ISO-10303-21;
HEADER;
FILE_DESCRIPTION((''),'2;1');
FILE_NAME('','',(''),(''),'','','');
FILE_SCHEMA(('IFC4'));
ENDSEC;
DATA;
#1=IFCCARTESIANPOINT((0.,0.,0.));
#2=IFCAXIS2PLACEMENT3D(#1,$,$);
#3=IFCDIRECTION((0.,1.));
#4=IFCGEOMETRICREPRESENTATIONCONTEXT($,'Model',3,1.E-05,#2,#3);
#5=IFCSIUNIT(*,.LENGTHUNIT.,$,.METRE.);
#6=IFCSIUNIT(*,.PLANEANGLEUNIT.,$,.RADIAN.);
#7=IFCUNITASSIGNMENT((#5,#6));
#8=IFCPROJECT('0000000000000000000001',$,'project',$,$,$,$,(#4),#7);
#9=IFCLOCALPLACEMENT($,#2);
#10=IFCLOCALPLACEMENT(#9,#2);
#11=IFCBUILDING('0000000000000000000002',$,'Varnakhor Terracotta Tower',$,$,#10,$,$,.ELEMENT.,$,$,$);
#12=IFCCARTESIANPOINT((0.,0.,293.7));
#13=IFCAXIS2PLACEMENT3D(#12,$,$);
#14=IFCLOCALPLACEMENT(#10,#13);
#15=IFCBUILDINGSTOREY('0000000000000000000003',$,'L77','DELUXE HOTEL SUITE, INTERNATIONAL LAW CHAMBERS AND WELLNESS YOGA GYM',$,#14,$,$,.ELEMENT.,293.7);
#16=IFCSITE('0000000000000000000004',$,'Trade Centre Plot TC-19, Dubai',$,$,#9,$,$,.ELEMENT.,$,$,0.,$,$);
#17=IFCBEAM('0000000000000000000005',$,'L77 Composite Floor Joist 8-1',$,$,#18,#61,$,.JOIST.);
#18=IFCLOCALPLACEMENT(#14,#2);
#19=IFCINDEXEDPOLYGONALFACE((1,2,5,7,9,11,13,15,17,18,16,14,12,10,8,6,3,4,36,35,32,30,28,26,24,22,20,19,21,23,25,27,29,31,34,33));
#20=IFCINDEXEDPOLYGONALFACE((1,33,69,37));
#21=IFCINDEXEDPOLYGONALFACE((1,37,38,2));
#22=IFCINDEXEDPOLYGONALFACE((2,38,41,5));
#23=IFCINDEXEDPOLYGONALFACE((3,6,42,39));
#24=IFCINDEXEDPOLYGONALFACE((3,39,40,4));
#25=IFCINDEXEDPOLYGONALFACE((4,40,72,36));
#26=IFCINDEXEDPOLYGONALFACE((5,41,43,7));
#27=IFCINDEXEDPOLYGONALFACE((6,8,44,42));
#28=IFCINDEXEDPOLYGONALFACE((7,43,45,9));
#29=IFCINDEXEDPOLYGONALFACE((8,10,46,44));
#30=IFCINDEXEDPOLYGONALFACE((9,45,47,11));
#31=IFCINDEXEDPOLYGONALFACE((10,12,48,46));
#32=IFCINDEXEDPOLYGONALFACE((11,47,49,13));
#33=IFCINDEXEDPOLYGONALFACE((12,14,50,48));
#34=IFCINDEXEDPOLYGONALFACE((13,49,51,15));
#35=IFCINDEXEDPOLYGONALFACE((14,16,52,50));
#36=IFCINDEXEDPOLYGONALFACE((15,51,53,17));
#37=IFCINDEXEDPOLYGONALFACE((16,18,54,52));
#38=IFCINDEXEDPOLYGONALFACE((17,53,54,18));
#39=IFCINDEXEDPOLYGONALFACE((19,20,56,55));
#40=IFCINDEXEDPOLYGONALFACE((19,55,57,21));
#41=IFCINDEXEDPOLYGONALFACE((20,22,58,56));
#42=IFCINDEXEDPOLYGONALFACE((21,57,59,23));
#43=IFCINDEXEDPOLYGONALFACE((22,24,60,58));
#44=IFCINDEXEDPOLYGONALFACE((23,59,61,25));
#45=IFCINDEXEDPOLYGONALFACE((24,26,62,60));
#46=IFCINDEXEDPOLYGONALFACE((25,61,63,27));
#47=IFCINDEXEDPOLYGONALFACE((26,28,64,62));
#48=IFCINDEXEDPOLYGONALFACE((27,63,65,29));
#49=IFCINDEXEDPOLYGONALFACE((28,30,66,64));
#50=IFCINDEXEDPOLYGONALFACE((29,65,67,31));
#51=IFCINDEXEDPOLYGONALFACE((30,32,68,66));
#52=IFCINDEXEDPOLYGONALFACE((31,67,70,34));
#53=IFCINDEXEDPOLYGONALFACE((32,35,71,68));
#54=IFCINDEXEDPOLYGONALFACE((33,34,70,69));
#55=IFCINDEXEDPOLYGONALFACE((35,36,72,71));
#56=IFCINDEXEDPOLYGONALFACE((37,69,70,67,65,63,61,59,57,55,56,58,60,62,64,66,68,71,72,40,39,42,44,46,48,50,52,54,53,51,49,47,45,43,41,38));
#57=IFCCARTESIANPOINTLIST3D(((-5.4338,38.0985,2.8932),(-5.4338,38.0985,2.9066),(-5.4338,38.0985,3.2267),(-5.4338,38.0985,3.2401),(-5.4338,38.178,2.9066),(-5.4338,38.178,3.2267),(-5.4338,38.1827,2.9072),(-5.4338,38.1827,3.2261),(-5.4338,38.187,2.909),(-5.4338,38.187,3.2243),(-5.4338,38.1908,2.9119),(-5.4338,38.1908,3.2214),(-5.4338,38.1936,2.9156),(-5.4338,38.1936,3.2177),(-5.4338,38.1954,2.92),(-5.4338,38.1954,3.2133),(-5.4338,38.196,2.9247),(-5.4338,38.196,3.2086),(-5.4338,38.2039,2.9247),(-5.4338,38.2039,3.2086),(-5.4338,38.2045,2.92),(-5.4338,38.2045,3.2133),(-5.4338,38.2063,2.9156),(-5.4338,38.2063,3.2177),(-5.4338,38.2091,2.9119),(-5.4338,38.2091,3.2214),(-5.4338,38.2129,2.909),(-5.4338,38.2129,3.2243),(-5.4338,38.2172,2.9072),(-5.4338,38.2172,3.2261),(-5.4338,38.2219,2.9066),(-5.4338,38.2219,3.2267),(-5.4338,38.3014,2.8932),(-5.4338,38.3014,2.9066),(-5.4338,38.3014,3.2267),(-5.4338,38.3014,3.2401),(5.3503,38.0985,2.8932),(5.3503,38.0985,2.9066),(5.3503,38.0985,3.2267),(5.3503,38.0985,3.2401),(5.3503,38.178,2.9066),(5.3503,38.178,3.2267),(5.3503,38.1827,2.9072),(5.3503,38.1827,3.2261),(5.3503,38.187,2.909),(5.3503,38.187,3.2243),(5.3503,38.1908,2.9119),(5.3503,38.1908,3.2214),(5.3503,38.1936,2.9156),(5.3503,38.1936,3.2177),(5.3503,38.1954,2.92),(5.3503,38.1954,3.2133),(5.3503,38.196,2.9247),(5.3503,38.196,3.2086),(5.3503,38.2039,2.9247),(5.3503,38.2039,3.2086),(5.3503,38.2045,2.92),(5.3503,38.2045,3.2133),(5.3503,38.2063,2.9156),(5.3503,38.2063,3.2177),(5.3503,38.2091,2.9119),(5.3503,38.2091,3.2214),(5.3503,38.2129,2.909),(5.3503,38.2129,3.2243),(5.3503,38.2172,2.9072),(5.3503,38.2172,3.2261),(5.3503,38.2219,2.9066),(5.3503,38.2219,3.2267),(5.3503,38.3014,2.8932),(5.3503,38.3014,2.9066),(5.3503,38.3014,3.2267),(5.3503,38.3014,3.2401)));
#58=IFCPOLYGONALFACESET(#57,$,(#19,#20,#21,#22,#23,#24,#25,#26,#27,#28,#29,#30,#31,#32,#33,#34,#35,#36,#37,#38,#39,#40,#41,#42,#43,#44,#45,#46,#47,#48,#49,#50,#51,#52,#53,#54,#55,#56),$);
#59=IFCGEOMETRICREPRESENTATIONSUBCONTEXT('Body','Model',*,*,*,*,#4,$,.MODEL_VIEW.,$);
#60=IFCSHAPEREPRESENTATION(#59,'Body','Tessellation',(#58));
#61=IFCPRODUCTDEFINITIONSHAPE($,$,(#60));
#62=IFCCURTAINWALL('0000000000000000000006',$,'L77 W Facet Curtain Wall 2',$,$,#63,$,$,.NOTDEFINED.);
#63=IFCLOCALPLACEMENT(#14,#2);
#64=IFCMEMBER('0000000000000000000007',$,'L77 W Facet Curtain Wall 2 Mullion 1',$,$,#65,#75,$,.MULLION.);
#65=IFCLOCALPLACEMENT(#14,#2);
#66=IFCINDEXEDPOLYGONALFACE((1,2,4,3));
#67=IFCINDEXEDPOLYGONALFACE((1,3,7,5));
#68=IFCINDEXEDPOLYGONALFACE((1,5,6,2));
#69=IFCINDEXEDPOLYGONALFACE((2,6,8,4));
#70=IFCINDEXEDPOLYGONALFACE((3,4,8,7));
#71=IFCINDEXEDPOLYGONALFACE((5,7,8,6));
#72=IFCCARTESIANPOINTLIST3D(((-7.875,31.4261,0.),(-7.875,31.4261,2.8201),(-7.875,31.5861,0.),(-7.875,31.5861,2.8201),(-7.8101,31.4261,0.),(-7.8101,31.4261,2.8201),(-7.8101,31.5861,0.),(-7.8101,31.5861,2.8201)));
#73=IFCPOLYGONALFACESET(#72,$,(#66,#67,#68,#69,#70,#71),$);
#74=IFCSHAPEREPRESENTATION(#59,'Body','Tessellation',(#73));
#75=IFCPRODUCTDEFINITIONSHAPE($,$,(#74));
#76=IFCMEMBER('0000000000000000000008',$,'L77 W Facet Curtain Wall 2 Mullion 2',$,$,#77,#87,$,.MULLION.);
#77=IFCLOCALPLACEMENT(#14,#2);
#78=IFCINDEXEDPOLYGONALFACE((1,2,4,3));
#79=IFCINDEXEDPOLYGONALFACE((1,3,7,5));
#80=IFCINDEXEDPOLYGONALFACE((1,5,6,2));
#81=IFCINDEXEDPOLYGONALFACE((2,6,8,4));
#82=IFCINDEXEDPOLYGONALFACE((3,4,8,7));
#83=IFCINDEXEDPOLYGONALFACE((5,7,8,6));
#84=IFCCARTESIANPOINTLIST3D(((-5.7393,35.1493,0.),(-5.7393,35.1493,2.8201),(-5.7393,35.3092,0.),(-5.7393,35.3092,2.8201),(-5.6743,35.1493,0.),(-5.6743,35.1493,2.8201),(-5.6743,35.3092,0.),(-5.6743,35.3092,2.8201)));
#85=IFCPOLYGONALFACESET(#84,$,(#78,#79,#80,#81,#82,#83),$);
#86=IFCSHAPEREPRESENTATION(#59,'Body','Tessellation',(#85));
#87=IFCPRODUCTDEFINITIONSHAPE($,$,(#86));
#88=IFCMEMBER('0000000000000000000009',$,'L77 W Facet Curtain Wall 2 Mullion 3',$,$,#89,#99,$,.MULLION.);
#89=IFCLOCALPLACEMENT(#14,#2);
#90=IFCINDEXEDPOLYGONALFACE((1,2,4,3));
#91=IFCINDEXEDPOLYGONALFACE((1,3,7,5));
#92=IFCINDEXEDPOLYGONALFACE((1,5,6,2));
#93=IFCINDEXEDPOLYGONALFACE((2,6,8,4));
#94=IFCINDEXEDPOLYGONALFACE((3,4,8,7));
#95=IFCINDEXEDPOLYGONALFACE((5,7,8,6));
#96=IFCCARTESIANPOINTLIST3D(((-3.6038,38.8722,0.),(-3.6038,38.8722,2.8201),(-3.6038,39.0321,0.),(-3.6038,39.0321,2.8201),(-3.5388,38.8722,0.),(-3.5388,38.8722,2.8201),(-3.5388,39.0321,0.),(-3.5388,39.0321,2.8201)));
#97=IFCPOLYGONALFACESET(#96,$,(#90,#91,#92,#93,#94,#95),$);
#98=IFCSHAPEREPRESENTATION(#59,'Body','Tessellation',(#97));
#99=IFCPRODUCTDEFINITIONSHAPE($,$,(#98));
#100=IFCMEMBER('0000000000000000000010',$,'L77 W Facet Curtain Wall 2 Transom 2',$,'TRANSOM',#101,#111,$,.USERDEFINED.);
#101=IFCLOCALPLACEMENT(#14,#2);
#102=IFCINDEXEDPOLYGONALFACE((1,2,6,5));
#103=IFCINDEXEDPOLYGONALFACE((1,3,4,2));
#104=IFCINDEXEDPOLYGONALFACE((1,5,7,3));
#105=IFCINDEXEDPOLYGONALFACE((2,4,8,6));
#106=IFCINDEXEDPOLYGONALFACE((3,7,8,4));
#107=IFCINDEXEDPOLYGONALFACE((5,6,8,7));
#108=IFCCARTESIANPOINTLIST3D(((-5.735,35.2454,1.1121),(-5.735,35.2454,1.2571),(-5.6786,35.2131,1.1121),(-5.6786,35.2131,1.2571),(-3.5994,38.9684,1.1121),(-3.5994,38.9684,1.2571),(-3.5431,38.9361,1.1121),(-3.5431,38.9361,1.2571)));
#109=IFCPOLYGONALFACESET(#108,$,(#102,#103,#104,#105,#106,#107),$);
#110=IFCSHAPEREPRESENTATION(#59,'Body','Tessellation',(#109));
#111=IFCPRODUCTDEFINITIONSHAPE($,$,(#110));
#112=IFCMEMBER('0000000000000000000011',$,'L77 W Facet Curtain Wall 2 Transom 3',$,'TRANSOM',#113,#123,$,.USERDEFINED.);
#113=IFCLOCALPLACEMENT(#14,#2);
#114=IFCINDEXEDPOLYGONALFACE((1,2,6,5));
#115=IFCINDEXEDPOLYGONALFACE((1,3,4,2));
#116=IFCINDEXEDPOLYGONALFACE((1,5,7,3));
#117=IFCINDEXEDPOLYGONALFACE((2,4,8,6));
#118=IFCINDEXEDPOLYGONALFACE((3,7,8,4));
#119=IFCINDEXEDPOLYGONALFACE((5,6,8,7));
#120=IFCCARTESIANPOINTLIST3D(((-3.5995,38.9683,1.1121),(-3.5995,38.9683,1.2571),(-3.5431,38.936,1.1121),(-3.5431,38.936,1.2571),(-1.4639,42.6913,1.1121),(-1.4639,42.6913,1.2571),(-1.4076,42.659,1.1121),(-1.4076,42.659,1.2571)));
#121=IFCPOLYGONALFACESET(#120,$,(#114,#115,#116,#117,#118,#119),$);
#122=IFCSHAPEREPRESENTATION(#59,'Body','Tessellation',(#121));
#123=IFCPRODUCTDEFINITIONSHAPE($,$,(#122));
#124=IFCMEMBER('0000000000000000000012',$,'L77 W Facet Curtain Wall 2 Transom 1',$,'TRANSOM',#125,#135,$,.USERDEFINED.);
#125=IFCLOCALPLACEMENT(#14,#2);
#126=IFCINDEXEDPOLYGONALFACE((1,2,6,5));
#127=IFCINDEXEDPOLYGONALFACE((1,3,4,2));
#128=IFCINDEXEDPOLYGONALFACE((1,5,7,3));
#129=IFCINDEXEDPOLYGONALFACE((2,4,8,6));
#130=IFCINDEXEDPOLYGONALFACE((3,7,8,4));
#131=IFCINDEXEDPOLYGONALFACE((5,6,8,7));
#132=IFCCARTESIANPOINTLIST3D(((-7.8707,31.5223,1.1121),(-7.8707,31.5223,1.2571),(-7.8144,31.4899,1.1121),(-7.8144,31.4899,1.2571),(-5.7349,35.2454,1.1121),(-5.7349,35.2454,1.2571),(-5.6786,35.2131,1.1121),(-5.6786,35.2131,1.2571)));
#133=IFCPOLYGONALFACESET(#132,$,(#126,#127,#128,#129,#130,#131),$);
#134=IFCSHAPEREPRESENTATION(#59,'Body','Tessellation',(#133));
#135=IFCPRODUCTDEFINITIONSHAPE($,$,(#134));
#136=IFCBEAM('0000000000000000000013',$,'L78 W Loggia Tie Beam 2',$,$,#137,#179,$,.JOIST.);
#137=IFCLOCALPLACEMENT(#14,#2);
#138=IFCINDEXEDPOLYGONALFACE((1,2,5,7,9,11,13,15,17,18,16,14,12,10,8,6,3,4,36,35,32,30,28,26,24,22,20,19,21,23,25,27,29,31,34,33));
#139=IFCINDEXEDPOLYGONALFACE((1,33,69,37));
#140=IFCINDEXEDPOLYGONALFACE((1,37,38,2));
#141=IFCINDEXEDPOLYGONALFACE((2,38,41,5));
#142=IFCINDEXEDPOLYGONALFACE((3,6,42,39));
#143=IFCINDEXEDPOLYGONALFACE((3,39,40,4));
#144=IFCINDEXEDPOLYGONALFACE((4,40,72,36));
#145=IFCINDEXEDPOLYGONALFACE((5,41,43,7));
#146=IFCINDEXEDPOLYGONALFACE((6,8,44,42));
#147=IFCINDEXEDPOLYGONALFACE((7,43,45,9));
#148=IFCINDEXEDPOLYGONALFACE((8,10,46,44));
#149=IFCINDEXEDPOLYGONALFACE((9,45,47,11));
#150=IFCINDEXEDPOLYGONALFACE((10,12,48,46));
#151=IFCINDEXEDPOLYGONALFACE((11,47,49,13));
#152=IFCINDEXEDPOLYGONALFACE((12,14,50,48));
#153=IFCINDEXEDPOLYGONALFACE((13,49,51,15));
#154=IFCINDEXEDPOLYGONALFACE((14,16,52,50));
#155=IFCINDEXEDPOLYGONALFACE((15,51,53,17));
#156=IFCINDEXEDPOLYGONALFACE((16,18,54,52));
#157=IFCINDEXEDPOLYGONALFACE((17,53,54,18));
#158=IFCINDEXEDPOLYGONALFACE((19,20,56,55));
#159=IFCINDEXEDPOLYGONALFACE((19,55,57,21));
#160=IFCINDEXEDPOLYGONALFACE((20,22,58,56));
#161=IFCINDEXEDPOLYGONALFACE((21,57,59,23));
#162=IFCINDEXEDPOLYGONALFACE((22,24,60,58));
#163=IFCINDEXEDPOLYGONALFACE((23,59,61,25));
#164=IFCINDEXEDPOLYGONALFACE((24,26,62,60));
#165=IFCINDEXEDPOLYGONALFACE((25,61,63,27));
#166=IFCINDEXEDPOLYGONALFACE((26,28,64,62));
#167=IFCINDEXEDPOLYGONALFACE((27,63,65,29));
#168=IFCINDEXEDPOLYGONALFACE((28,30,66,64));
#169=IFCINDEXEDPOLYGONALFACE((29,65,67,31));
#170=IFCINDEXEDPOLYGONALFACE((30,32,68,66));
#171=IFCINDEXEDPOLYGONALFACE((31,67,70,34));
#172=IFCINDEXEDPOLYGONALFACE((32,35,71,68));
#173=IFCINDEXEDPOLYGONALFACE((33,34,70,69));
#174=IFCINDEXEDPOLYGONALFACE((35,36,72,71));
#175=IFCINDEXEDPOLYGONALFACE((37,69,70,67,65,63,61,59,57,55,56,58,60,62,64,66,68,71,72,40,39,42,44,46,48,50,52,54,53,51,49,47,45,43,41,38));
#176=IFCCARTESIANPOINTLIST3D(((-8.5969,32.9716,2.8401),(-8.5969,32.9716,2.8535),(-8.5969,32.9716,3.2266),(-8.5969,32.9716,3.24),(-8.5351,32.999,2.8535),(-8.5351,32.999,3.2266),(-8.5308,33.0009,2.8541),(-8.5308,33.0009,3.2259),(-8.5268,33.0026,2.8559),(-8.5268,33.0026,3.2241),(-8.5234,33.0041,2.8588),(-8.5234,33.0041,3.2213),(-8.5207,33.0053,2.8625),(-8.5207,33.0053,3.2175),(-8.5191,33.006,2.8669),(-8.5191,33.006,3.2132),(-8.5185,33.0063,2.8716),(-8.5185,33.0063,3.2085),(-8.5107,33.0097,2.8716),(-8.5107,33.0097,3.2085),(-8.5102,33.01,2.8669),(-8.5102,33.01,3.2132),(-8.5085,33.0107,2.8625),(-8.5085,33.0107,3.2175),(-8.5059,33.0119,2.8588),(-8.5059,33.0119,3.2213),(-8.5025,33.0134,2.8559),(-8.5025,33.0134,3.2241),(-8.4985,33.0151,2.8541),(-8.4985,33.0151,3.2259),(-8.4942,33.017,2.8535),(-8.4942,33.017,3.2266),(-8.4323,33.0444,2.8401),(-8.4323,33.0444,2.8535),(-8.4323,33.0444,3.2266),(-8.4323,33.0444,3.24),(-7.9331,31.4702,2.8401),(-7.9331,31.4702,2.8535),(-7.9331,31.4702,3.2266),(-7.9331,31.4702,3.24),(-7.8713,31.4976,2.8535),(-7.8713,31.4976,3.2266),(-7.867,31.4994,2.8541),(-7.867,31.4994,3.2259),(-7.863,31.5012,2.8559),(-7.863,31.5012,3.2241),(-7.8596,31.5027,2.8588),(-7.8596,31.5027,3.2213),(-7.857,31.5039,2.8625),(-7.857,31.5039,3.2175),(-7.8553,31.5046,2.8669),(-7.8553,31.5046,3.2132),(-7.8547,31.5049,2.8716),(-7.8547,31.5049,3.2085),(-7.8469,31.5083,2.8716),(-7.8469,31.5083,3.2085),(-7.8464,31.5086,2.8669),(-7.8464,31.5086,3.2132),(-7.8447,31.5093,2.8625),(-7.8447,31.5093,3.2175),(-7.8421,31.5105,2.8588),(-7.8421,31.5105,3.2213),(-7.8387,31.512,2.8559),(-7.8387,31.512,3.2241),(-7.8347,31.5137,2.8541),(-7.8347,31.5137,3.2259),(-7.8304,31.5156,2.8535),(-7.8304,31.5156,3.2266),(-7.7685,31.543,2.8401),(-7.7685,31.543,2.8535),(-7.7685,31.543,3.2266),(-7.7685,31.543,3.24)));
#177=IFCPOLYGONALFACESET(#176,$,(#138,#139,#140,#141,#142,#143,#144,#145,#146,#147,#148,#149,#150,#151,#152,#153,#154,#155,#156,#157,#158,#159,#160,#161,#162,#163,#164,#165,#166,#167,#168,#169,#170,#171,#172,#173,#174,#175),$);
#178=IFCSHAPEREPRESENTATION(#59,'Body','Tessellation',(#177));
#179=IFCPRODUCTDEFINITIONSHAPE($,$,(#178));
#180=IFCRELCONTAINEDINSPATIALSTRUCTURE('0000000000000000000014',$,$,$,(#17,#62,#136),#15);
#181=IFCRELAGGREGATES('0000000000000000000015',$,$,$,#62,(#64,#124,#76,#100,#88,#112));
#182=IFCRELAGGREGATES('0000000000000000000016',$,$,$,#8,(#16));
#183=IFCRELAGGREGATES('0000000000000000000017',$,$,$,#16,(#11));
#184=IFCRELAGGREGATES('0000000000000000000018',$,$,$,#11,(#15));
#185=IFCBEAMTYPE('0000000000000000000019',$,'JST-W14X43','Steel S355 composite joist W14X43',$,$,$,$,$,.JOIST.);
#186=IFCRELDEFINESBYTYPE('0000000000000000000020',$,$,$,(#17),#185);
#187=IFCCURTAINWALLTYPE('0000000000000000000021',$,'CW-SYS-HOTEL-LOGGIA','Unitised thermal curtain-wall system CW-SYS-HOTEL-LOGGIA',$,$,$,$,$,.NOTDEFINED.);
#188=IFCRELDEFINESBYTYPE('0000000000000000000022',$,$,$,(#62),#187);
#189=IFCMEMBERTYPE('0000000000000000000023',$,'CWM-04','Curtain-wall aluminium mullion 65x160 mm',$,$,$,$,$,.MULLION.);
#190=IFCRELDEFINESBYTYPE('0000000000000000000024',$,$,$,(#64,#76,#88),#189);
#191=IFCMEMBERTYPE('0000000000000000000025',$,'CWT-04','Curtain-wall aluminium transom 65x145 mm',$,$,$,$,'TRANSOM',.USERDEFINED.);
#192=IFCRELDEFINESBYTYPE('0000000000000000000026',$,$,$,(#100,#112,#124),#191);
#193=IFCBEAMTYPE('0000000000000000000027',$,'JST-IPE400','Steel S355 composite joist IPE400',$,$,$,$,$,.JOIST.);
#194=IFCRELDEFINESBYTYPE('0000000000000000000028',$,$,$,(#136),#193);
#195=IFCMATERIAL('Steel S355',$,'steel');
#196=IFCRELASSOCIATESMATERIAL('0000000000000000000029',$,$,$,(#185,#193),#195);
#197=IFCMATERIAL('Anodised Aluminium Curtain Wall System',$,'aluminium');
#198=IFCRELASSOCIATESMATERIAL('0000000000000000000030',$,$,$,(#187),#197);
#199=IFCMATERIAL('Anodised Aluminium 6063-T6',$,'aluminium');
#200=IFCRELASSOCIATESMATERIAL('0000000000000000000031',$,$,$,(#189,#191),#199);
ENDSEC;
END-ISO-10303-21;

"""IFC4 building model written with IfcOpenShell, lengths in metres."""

from ifc_helpers import new_model, si_unit, direction, frame, origin, origin_2d, place, context, subcontext, project, spatial, rectangle, i_section, extrude, source, transform, mapped, material, material_profile, profile_set, type_object, type_shapes, element, aggregate, save


model = new_model("IFC4")

# Units and contexts
model_context = context("Model", 3, precision=1e-05, world=origin(), true_north=direction((0.0, 1.0)))
body_context = subcontext(model_context, "Body", "Model", "MODEL_VIEW")
ifc_project = project(units=[si_unit("LENGTHUNIT", "METRE"), si_unit("PLANEANGLEUNIT", "RADIAN")], contexts=[model_context])

# Site, building, storey
site_placement = place(None, origin())
site = spatial("IfcSite", under=ifc_project, at=site_placement, Name="Trade Centre Plot TC-19, Dubai", CompositionType="ELEMENT", RefElevation=0.0)
building_placement = place(site_placement, origin())
building = spatial("IfcBuilding", under=site, at=building_placement, Name="Varnakhor Terracotta Tower", CompositionType="ELEMENT")
storey_placement = place(building_placement, frame((0.0, 0.0, 293.7)))
storey = spatial("IfcBuildingStorey", under=building, at=storey_placement, Name="L77", Description="DELUXE HOTEL SUITE, INTERNATIONAL LAW CHAMBERS AND WELLNESS YOGA GYM", CompositionType="ELEMENT", Elevation=293.7)

# Beam
ifc_material_1 = material(Name="Steel S355", Category="steel")
ifc_material_profile_1 = material_profile(ifc_material_1, i_section(OverallWidth=0.2029, OverallDepth=0.3469, WebThickness=0.0078, FlangeThickness=0.0134, FilletRadius=0.0181, at=origin_2d()), Name="W14X43")
ifc_profile_set_1 = profile_set([ifc_material_profile_1], Name="Steel S355")
beam_type_1 = type_object("IfcBeamType", Name="JST-W14X43", Description="Steel S355 composite joist W14X43", PredefinedType="JOIST", material=ifc_profile_set_1)
ifc_material_profile_2 = material_profile(ifc_material_1, i_section(OverallWidth=0.1799, OverallDepth=0.3999, WebThickness=0.0085, FlangeThickness=0.0134, FilletRadius=0.0181, at=origin_2d()), Name="IPE400")
ifc_profile_set_2 = profile_set([ifc_material_profile_2], Name="Steel S355")
beam_type_2 = type_object("IfcBeamType", Name="JST-IPE400", Description="Steel S355 composite joist IPE400", PredefinedType="JOIST", material=ifc_profile_set_2)
shared_shape_1 = source(origin(), body_context, "Body", "SweptSolid", [
    extrude(i_section(OverallWidth=0.2029, OverallDepth=0.3469, WebThickness=0.0078, FlangeThickness=0.0134, FilletRadius=0.0181, at=origin_2d()), origin(), (0.0, 0.0, 1.0), 10.7842),
])
beam_1_placement = place(storey_placement, frame((-5.4338, 38.2, 3.0667), z_axis=(1.0, 0.0, 0.0), x_axis=(0.0, 1.0, 0.0)))
element("IfcBeam", 1, at=beam_1_placement, inside=storey, type_object=beam_type_1, Name="L77 Composite Floor Joist 8-1", PredefinedType="JOIST", context=body_context, shape_type="MappedRepresentation", body=[
    mapped(shared_shape_1, transform((0.0, 0.0, 0.0), scale=1.0)),
])

# Curtain wall, members
ifc_material_2 = material(Name="Anodised Aluminium Curtain Wall System", Category="aluminium")
curtain_wall_type = type_object("IfcCurtainWallType", Name="CW-SYS-HOTEL-LOGGIA", Description="Unitised thermal curtain-wall system CW-SYS-HOTEL-LOGGIA", PredefinedType="NOTDEFINED", material=ifc_material_2)
curtain_wall_placement = place(storey_placement, origin())
curtain_wall = element("IfcCurtainWall", 2, at=curtain_wall_placement, inside=storey, type_object=curtain_wall_type, Name="L77 W Facet Curtain Wall 2", PredefinedType="NOTDEFINED")
ifc_material_3 = material(Name="Anodised Aluminium 6063-T6", Category="aluminium")
ifc_material_profile_3 = material_profile(ifc_material_3, rectangle(XDim=0.0649, YDim=0.1599, at=origin_2d()), Name="ALU MULLION 65x160")
ifc_profile_set_3 = profile_set([ifc_material_profile_3], Name="Anodised Aluminium 6063-T6")
member_type_1 = type_object("IfcMemberType", Name="CWM-04", Description="Curtain-wall aluminium mullion 65x160 mm", PredefinedType="MULLION", material=ifc_profile_set_3)
shared_shape_2 = source(origin(), body_context, "Body", "SweptSolid", [
    extrude(rectangle(XDim=0.0649, YDim=0.1599, at=origin_2d()), origin(), (0.0, 0.0, 1.0), 2.8201),
])
type_shapes(member_type_1, [shared_shape_2])
member_1_placement = place(storey_placement, frame((-7.8425, 31.5061, 0.0), z_axis=(0.0, 0.0, 1.0), x_axis=(1.0, 0.0, 0.0)))
member_1 = element("IfcMember", 3, at=member_1_placement, type_object=member_type_1, Name="L77 W Facet Curtain Wall 2 Mullion 1", PredefinedType="MULLION", context=body_context, shape_type="MappedRepresentation", body=[
    mapped(shared_shape_2, transform((0.0, 0.0, 0.0), scale=1.0)),
])
member_2_placement = place(storey_placement, frame((-5.7068, 35.2292, 0.0), z_axis=(0.0, 0.0, 1.0), x_axis=(1.0, 0.0, 0.0)))
member_2 = element("IfcMember", 4, at=member_2_placement, type_object=member_type_1, Name="L77 W Facet Curtain Wall 2 Mullion 2", PredefinedType="MULLION", context=body_context, shape_type="MappedRepresentation", body=[
    mapped(shared_shape_2, transform((0.0, 0.0, 0.0), scale=1.0)),
])
member_3_placement = place(storey_placement, frame((-3.5713, 38.9521, 0.0), z_axis=(0.0, 0.0, 1.0), x_axis=(1.0, 0.0, 0.0)))
member_3 = element("IfcMember", 5, at=member_3_placement, type_object=member_type_1, Name="L77 W Facet Curtain Wall 2 Mullion 3", PredefinedType="MULLION", context=body_context, shape_type="MappedRepresentation", body=[
    mapped(shared_shape_2, transform((0.0, 0.0, 0.0), scale=1.0)),
])
ifc_material_profile_4 = material_profile(ifc_material_3, rectangle(XDim=0.0649, YDim=0.145, at=origin_2d()), Name="ALU TRANSOM 65x145")
ifc_profile_set_4 = profile_set([ifc_material_profile_4], Name="Anodised Aluminium 6063-T6")
member_type_2 = type_object("IfcMemberType", Name="CWT-04", Description="Curtain-wall aluminium transom 65x145 mm", ElementType="TRANSOM", PredefinedType="USERDEFINED", material=ifc_profile_set_4)
shared_shape_3 = source(origin(), body_context, "Body", "SweptSolid", [
    extrude(rectangle(XDim=0.0649, YDim=0.145, at=origin_2d()), origin(), (0.0, 0.0, 1.0), 4.292),
])
member_4_placement = place(storey_placement, frame((-5.7068, 35.2292, 1.1846), z_axis=(0.497566, 0.867426, 0.0), x_axis=(-0.867426, 0.497566, 0.0)))
member_4 = element("IfcMember", 6, at=member_4_placement, type_object=member_type_2, Name="L77 W Facet Curtain Wall 2 Transom 2", ObjectType="TRANSOM", PredefinedType="USERDEFINED", context=body_context, shape_type="MappedRepresentation", body=[
    mapped(shared_shape_3, transform((0.0, 0.0, 0.0), scale=1.0)),
])
member_5_placement = place(storey_placement, frame((-3.5713, 38.9521, 1.1846), z_axis=(0.497566, 0.867426, 0.0), x_axis=(-0.867426, 0.497566, 0.0)))
member_5 = element("IfcMember", 7, at=member_5_placement, type_object=member_type_2, Name="L77 W Facet Curtain Wall 2 Transom 3", ObjectType="TRANSOM", PredefinedType="USERDEFINED", context=body_context, shape_type="MappedRepresentation", body=[
    mapped(shared_shape_3, transform((0.0, 0.0, 0.0), scale=1.0)),
])
shared_shape_4 = source(origin(), body_context, "Body", "SweptSolid", [
    extrude(rectangle(XDim=0.0649, YDim=0.145, at=origin_2d()), origin(), (0.0, 0.0, 1.0), 4.2922),
])
member_6_placement = place(storey_placement, frame((-7.8425, 31.5061, 1.1846), z_axis=(0.497584, 0.867416, 0.0), x_axis=(-0.867416, 0.497584, 0.0)))
member_6 = element("IfcMember", 8, at=member_6_placement, type_object=member_type_2, Name="L77 W Facet Curtain Wall 2 Transom 1", ObjectType="TRANSOM", PredefinedType="USERDEFINED", context=body_context, shape_type="MappedRepresentation", body=[
    mapped(shared_shape_4, transform((0.0, 0.0, 0.0), scale=1.0)),
])

# Beam
shared_shape_5 = source(origin(), body_context, "Body", "SweptSolid", [
    extrude(i_section(OverallWidth=0.1799, OverallDepth=0.3999, WebThickness=0.0085, FlangeThickness=0.0134, FilletRadius=0.0181, at=origin_2d()), origin(), (0.0, 0.0, 1.0), 1.6416),
])
beam_2_placement = place(storey_placement, frame((-7.8508, 31.5066, 3.04), z_axis=(-0.404358, 0.914601, 0.0), x_axis=(-0.914601, -0.404358, 0.0)))
element("IfcBeam", 9, at=beam_2_placement, inside=storey, type_object=beam_type_2, Name="L78 W Loggia Tie Beam 2", PredefinedType="JOIST", context=body_context, shape_type="MappedRepresentation", body=[
    mapped(shared_shape_5, transform((0.0, 0.0, 0.0), scale=1.0)),
])

aggregate(curtain_wall, [member_1, member_6, member_2, member_4, member_3, member_5])

save(model, "model.ifc")
